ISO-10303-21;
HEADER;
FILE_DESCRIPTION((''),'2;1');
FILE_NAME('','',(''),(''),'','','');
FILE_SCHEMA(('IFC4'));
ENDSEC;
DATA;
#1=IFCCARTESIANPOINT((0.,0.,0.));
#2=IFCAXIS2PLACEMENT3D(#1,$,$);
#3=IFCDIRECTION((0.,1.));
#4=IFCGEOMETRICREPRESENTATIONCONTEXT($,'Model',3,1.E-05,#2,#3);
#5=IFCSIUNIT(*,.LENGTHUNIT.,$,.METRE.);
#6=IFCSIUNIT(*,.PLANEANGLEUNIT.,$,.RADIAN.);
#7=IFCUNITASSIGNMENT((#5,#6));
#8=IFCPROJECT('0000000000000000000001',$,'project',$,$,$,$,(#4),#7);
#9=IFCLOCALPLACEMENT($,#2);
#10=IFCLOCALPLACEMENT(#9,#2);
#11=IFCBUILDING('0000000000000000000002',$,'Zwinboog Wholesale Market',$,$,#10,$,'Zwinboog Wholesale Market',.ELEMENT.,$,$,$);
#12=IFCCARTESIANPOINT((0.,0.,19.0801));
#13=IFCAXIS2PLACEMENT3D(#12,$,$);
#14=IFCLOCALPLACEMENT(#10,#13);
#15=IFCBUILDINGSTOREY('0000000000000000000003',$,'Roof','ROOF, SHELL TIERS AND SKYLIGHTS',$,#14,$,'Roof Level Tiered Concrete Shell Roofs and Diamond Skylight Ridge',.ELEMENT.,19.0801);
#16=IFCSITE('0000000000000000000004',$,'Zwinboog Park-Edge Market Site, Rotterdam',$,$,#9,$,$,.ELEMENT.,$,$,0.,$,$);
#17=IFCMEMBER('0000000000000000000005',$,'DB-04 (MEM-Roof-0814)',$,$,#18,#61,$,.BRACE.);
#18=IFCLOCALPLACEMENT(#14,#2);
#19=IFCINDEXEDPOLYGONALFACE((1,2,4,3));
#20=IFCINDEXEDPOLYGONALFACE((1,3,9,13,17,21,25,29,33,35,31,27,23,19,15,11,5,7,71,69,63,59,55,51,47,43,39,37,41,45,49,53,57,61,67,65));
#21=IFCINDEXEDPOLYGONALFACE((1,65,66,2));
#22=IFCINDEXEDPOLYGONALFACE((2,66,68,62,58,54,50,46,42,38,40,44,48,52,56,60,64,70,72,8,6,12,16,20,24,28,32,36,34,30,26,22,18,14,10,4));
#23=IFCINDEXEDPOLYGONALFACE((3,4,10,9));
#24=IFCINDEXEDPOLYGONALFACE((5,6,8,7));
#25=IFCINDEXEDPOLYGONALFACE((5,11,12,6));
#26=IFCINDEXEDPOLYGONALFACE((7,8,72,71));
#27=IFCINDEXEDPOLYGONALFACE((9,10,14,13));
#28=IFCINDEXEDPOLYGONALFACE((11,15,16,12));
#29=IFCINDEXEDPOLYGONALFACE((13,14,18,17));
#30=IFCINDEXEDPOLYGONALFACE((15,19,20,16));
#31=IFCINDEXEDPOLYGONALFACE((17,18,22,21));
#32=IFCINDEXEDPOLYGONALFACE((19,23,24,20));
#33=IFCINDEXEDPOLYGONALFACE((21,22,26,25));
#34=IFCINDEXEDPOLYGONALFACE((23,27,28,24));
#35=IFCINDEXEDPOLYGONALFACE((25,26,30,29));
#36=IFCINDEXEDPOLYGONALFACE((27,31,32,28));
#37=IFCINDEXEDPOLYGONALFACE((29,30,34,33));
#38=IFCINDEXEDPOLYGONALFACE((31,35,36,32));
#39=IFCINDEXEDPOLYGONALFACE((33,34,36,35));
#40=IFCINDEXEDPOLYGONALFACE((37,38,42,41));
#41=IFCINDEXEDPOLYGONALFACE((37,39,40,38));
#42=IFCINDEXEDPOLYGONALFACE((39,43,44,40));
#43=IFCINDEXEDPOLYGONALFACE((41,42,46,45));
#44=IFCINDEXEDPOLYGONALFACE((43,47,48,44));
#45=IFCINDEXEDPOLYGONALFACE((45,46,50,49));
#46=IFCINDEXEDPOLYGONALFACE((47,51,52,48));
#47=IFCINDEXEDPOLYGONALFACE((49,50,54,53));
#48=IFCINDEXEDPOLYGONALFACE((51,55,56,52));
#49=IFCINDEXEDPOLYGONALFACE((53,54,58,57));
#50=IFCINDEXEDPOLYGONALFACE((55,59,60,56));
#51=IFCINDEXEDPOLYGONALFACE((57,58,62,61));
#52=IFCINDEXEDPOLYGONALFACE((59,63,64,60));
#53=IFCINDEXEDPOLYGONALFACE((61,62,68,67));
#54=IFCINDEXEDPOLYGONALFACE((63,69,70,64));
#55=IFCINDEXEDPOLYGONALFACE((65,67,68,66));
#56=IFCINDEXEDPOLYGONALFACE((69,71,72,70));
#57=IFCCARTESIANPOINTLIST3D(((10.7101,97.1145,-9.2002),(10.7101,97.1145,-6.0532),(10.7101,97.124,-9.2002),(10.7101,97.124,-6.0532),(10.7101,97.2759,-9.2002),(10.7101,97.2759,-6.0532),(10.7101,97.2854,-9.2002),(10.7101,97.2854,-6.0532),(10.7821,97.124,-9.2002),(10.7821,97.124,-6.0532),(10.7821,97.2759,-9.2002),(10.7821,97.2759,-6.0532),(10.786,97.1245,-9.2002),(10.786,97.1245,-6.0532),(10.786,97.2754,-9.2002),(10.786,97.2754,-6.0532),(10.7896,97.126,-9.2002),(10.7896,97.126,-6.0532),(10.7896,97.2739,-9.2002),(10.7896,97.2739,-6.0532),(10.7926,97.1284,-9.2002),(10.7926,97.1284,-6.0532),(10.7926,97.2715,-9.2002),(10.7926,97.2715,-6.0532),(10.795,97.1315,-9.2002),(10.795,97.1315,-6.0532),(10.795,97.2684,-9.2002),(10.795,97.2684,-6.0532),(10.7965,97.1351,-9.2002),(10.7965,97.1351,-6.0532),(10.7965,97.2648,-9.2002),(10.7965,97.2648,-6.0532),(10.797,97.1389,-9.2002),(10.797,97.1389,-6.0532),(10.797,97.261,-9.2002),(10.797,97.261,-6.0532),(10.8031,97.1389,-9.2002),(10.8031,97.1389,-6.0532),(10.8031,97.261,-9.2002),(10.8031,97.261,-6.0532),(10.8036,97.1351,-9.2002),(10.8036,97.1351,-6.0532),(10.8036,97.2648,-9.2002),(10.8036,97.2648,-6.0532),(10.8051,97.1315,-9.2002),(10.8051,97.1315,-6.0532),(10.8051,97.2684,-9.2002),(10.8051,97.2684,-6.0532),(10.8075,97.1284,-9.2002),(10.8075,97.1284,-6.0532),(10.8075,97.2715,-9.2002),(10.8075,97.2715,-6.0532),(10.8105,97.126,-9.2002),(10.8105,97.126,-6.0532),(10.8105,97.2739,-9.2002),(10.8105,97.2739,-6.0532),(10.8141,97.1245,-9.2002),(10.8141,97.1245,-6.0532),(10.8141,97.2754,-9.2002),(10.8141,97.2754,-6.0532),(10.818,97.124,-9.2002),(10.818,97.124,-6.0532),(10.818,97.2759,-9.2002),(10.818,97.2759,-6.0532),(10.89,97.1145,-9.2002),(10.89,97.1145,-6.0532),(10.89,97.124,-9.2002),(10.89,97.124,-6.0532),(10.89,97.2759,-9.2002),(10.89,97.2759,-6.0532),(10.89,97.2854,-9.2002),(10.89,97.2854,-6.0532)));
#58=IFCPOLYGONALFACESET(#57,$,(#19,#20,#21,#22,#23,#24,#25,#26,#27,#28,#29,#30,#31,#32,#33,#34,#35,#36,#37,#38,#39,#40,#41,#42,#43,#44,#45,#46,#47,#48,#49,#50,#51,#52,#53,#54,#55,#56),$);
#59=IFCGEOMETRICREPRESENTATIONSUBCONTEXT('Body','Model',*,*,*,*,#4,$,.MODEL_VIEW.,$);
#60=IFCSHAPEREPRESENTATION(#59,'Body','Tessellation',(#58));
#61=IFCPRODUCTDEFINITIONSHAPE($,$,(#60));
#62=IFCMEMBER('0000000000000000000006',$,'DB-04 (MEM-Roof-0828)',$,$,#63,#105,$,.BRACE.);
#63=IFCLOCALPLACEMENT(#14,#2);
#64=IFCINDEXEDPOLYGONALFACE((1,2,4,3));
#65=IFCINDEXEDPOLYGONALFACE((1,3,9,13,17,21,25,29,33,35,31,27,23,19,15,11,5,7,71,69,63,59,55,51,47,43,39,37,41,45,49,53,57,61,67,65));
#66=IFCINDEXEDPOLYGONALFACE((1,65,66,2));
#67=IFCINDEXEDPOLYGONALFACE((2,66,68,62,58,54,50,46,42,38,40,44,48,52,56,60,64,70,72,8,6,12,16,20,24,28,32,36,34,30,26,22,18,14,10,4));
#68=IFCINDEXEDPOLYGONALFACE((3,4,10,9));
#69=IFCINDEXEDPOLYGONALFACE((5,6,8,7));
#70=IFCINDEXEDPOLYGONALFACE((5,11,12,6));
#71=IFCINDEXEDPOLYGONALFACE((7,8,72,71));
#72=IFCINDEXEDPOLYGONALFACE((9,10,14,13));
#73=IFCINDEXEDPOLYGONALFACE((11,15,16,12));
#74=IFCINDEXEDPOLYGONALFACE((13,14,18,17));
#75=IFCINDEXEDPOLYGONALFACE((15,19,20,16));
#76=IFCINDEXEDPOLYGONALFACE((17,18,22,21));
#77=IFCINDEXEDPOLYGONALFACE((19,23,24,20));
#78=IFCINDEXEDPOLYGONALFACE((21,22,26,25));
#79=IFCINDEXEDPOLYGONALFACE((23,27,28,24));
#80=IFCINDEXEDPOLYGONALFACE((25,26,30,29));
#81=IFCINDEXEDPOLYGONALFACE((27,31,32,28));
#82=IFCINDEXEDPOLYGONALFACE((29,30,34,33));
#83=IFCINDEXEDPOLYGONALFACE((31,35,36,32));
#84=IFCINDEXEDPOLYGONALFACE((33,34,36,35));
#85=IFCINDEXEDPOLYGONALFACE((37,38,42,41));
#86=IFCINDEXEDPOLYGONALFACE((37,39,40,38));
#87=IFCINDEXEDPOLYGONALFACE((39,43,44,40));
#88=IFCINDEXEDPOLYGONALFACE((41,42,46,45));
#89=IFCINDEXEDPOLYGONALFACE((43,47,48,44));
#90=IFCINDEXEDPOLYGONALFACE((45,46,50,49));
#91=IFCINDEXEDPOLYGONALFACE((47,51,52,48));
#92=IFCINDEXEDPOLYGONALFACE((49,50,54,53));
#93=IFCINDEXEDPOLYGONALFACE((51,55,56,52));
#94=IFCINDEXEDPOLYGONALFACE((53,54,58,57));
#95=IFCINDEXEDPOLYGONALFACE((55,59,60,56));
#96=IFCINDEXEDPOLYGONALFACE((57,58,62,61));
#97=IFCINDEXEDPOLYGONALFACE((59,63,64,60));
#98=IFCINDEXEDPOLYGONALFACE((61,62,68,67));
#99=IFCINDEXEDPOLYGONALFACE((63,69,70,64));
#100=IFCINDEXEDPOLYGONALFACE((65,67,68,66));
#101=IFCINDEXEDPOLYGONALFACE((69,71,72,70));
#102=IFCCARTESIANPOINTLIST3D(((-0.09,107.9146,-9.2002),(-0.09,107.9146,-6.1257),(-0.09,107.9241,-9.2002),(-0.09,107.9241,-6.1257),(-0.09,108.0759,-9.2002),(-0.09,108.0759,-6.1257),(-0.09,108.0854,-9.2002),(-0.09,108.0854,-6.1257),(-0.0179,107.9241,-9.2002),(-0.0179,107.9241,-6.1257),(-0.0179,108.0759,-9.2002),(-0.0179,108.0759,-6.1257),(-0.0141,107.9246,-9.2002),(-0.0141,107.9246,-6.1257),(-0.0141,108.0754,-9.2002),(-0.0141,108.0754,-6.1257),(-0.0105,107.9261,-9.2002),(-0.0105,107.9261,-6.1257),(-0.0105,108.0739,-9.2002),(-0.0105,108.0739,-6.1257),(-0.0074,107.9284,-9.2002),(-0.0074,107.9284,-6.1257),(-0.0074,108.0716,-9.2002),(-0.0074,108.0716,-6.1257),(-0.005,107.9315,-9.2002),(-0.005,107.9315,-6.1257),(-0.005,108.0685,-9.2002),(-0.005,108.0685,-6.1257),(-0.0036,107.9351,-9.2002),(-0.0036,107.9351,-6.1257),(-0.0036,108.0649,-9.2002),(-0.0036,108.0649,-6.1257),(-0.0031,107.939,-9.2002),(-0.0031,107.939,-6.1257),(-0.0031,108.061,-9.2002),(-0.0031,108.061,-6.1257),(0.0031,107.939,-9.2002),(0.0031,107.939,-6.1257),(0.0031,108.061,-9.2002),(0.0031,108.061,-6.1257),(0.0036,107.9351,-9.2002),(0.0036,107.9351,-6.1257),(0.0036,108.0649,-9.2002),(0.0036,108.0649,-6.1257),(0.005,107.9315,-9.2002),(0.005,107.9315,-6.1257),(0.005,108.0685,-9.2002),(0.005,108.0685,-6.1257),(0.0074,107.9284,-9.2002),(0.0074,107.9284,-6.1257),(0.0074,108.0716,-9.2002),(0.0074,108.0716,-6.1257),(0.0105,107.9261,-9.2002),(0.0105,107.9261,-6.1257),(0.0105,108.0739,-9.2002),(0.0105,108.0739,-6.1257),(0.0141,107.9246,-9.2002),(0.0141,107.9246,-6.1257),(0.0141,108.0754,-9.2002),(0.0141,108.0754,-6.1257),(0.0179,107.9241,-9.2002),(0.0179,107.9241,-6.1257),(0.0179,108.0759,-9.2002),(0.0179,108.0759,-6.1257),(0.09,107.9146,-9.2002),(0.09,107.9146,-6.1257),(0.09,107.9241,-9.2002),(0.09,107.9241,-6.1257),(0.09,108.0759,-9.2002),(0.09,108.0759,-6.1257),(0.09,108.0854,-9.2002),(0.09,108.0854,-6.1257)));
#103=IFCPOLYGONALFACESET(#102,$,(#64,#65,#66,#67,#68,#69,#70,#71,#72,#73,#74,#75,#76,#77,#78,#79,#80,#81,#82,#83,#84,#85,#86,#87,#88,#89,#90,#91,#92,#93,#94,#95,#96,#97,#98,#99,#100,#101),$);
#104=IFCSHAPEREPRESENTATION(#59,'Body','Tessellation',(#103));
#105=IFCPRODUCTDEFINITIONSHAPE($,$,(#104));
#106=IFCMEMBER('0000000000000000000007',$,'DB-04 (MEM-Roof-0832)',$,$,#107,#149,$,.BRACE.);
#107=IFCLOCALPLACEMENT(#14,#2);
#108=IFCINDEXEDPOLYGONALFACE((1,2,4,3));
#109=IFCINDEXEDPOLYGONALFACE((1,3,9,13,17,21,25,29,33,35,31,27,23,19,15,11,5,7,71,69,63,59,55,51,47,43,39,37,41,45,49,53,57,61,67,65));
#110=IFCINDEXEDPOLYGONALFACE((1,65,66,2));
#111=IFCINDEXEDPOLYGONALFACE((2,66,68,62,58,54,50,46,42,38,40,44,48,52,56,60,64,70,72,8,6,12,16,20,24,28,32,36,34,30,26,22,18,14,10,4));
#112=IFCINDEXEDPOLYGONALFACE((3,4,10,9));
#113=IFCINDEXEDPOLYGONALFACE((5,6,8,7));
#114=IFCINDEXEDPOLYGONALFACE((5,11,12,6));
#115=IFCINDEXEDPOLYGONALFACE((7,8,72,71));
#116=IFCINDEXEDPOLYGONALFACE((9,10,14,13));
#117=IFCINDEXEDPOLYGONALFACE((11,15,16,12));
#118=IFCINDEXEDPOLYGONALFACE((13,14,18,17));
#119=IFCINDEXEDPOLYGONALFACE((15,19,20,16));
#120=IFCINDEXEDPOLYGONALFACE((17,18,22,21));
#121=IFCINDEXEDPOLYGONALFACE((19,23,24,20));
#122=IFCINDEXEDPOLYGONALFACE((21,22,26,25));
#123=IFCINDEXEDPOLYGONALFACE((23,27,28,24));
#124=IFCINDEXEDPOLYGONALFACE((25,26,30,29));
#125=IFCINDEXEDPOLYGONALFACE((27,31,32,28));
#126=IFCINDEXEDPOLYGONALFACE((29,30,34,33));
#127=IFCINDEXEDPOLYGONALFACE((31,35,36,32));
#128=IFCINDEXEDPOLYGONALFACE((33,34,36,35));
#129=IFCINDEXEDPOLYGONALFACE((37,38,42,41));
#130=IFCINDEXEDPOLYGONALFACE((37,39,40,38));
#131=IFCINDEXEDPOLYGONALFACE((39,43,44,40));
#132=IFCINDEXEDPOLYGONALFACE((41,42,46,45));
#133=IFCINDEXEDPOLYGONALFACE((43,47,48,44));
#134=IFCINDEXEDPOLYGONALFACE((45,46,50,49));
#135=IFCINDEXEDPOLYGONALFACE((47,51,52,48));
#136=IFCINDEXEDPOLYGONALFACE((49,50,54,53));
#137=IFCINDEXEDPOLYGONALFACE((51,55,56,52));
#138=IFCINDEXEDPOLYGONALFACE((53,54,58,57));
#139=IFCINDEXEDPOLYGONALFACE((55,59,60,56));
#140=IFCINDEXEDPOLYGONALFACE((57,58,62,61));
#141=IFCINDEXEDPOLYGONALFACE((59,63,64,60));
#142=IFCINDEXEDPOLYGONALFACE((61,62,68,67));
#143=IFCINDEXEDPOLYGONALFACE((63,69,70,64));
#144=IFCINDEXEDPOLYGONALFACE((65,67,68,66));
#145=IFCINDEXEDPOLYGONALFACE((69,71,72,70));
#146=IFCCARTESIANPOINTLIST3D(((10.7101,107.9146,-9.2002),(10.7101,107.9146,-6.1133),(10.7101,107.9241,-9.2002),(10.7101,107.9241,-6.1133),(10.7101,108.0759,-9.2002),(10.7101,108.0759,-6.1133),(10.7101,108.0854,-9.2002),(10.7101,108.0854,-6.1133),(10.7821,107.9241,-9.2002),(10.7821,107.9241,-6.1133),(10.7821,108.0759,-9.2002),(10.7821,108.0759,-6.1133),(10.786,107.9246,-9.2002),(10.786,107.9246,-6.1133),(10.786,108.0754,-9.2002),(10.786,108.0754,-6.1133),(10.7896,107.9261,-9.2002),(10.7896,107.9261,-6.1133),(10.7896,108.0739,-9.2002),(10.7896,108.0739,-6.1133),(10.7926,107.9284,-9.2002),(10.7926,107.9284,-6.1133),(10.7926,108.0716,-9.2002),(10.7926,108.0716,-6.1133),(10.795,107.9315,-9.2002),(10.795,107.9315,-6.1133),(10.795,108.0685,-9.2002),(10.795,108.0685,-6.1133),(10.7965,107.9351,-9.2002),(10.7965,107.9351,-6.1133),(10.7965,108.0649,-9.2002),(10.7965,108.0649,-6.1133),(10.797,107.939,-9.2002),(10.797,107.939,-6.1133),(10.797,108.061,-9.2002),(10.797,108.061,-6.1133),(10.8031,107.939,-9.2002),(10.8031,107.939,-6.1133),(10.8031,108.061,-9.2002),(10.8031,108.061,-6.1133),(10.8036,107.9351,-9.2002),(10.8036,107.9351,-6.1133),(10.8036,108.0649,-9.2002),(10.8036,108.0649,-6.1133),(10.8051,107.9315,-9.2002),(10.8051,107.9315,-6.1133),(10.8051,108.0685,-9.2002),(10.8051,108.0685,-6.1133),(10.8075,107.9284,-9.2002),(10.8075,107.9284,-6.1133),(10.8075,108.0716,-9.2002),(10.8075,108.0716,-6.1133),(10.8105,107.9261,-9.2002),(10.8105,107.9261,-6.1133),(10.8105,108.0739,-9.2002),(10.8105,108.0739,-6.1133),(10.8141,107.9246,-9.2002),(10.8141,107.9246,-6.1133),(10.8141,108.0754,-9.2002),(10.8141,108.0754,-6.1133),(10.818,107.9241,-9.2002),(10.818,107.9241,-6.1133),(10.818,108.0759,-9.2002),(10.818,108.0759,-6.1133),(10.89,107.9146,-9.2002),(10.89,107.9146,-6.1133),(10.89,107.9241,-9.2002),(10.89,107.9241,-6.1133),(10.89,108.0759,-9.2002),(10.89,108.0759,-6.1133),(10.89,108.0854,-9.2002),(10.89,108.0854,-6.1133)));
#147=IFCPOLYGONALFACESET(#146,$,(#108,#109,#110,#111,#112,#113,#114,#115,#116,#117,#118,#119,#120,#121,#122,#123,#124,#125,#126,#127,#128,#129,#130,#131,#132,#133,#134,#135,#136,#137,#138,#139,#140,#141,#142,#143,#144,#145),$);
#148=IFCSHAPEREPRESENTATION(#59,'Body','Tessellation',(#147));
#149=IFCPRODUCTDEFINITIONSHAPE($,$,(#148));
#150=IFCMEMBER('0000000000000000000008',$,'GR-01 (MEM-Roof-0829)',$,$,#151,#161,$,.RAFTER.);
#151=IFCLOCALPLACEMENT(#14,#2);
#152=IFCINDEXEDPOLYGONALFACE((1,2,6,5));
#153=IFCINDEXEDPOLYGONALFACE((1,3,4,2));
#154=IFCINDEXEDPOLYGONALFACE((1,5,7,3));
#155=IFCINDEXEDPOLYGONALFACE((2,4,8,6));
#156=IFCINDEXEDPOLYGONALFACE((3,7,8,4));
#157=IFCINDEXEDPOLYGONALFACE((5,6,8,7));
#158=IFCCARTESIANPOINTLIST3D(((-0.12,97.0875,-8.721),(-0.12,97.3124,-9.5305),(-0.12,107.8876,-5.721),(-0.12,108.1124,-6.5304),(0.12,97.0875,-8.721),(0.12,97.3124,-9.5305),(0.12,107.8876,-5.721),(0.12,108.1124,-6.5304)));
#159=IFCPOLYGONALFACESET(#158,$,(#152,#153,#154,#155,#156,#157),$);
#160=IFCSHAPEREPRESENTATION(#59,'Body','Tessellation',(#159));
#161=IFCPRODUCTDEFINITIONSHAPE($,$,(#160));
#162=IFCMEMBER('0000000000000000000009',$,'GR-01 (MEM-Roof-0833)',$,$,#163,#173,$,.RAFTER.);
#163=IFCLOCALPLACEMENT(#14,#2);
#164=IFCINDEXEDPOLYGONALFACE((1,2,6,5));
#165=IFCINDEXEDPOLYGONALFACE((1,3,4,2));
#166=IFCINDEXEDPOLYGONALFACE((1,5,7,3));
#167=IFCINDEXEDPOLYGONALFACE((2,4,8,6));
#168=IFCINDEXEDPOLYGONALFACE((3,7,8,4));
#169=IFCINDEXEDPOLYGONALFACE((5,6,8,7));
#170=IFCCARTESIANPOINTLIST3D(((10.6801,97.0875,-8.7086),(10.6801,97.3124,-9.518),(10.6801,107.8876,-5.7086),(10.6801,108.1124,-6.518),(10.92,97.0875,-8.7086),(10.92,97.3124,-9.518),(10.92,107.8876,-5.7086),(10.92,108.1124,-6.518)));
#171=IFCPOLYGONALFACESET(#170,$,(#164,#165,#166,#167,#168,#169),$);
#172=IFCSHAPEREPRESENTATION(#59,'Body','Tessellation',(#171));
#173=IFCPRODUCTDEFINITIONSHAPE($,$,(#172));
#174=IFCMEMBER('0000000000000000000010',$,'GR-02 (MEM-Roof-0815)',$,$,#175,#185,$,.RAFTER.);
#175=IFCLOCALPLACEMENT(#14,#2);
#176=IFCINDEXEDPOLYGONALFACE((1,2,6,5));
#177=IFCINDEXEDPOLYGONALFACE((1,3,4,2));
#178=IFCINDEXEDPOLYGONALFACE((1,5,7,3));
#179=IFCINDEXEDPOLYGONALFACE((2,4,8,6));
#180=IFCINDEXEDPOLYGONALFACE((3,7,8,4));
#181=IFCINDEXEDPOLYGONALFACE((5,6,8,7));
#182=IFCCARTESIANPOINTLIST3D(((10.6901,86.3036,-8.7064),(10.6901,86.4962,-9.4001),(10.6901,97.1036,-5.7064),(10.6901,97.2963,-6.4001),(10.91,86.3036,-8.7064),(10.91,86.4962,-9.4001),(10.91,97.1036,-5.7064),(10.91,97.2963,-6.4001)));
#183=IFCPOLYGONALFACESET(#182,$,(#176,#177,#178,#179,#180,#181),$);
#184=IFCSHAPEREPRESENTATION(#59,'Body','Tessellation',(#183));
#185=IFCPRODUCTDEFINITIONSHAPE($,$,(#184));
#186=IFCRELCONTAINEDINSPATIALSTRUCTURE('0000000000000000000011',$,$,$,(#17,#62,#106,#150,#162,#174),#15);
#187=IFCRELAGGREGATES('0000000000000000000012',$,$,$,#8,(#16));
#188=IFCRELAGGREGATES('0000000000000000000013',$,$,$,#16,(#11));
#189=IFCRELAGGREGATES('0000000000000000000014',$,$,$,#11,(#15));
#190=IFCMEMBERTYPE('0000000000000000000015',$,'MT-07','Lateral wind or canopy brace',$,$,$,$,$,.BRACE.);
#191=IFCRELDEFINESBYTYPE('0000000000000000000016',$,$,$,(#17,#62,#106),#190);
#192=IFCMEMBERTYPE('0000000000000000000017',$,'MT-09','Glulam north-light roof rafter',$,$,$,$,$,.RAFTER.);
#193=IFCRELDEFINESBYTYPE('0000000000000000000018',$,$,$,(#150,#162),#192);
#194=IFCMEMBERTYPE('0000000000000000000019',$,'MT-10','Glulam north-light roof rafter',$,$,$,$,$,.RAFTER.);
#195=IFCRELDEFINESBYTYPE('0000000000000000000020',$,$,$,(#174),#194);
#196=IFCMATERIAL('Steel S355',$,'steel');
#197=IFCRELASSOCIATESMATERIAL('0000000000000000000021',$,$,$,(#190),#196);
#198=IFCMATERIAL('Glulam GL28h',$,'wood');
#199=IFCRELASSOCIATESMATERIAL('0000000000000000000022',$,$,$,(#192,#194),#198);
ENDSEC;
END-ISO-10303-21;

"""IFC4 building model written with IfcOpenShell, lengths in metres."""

from ifc_helpers import new_model, si_unit, direction, frame, origin, origin_2d, place, context, subcontext, project, spatial, rectangle, i_section, extrude, material, material_profile, profile_set, type_object, element, save


model = new_model("IFC4")

# Units and contexts
model_context = context("Model", 3, precision=1e-05, world=origin(), true_north=direction((0.0, 1.0)))
body_context = subcontext(model_context, "Body", "Model", "MODEL_VIEW")
ifc_project = project(units=[si_unit("LENGTHUNIT", "METRE"), si_unit("PLANEANGLEUNIT", "RADIAN")], contexts=[model_context])

# Site, building, storey
site_placement = place(None, origin())
site = spatial("IfcSite", under=ifc_project, at=site_placement, Name="Zwinboog Park-Edge Market Site, Rotterdam", CompositionType="ELEMENT", RefElevation=0.0)
building_placement = place(site_placement, origin())
building = spatial("IfcBuilding", under=site, at=building_placement, Name="Zwinboog Wholesale Market", LongName="Zwinboog Wholesale Market", CompositionType="ELEMENT")
storey_placement = place(building_placement, frame((0.0, 0.0, 19.0801)))
storey = spatial("IfcBuildingStorey", under=building, at=storey_placement, Name="Roof", Description="ROOF, SHELL TIERS AND SKYLIGHTS", LongName="Roof Level Tiered Concrete Shell Roofs and Diamond Skylight Ridge", CompositionType="ELEMENT", Elevation=19.0801)

# Members
ifc_material_1 = material(Name="Steel S355", Category="steel")
ifc_material_profile_1 = material_profile(ifc_material_1, i_section(OverallWidth=0.1799, OverallDepth=0.1709, WebThickness=0.0061, FlangeThickness=0.0095, FilletRadius=0.0149, at=origin_2d()), Name="HEA 180")
ifc_profile_set_1 = profile_set([ifc_material_profile_1], Name="Steel S355")
member_type_1 = type_object("IfcMemberType", Name="MT-07", Description="Lateral wind or canopy brace", PredefinedType="BRACE", material=ifc_profile_set_1)
member_1_placement = place(storey_placement, frame((10.8, 97.2, -9.2002), z_axis=(0.0, 0.0, 1.0), x_axis=(1.0, 0.0, 0.0)))
element("IfcMember", 1, at=member_1_placement, inside=storey, type_object=member_type_1, Name="DB-04 (MEM-Roof-0814)", PredefinedType="BRACE", context=body_context, shape_type="SweptSolid", body=[
    extrude(i_section(OverallWidth=0.1799, OverallDepth=0.1709, WebThickness=0.0061, FlangeThickness=0.0095, FilletRadius=0.0149, at=origin_2d()), origin(), (0.0, 0.0, 1.0), 3.147),
])
member_2_placement = place(storey_placement, frame((0.0, 108.0, -9.2002), z_axis=(0.0, 0.0, 1.0), x_axis=(1.0, 0.0, 0.0)))
element("IfcMember", 2, at=member_2_placement, inside=storey, type_object=member_type_1, Name="DB-04 (MEM-Roof-0828)", PredefinedType="BRACE", context=body_context, shape_type="SweptSolid", body=[
    extrude(i_section(OverallWidth=0.1799, OverallDepth=0.1709, WebThickness=0.0061, FlangeThickness=0.0095, FilletRadius=0.0149, at=origin_2d()), origin(), (0.0, 0.0, 1.0), 3.0745),
])
member_3_placement = place(storey_placement, frame((10.8, 108.0, -9.2002), z_axis=(0.0, 0.0, 1.0), x_axis=(1.0, 0.0, 0.0)))
element("IfcMember", 3, at=member_3_placement, inside=storey, type_object=member_type_1, Name="DB-04 (MEM-Roof-0832)", PredefinedType="BRACE", context=body_context, shape_type="SweptSolid", body=[
    extrude(i_section(OverallWidth=0.1799, OverallDepth=0.1709, WebThickness=0.0061, FlangeThickness=0.0095, FilletRadius=0.0149, at=origin_2d()), origin(), (0.0, 0.0, 1.0), 3.0869),
])
ifc_material_2 = material(Name="Glulam GL28h", Category="wood")
ifc_material_profile_2 = material_profile(ifc_material_2, rectangle(XDim=0.24, YDim=0.8401, at=origin_2d()), Name="GL28h 240x840")
ifc_profile_set_2 = profile_set([ifc_material_profile_2], Name="Glulam GL28h")
member_type_2 = type_object("IfcMemberType", Name="MT-09", Description="Glulam north-light roof rafter", PredefinedType="RAFTER", material=ifc_profile_set_2)
for number, where, z_axis, x_axis, name in (
    (4, (0.0, 97.2, -9.1257), (0.0, 0.963518, 0.267643), (-1.0, 0.0, 0.0), "GR-01 (MEM-Roof-0829)"),
    (5, (10.8, 97.2, -9.1133), (0.0, 0.963518, 0.267643), (-1.0, 0.0, 0.0), "GR-01 (MEM-Roof-0833)"),
):
    element("IfcMember", number, at=place(storey_placement, frame(where, z_axis=z_axis, x_axis=x_axis)), inside=storey, type_object=member_type_2, Name=name, PredefinedType="RAFTER", context=body_context, shape_type="SweptSolid", body=[
        extrude(rectangle(XDim=0.24, YDim=0.8401, at=origin_2d()), origin(), (0.0, 0.0, 1.0), 11.209),
    ])
ifc_material_profile_3 = material_profile(ifc_material_2, rectangle(XDim=0.22, YDim=0.72, at=origin_2d()), Name="GL28h 220x720")
ifc_profile_set_3 = profile_set([ifc_material_profile_3], Name="Glulam GL28h")
member_type_3 = type_object("IfcMemberType", Name="MT-10", Description="Glulam north-light roof rafter", PredefinedType="RAFTER", material=ifc_profile_set_3)
member_4_placement = place(storey_placement, frame((10.8, 86.3999, -9.0532), z_axis=(0.0, 0.963518, 0.267643), x_axis=(-1.0, 0.0, 0.0)))
element("IfcMember", 6, at=member_4_placement, inside=storey, type_object=member_type_3, Name="GR-02 (MEM-Roof-0815)", PredefinedType="RAFTER", context=body_context, shape_type="SweptSolid", body=[
    extrude(rectangle(XDim=0.22, YDim=0.72, at=origin_2d()), origin(), (0.0, 0.0, 1.0), 11.209),
])

save(model, "model.ifc")
